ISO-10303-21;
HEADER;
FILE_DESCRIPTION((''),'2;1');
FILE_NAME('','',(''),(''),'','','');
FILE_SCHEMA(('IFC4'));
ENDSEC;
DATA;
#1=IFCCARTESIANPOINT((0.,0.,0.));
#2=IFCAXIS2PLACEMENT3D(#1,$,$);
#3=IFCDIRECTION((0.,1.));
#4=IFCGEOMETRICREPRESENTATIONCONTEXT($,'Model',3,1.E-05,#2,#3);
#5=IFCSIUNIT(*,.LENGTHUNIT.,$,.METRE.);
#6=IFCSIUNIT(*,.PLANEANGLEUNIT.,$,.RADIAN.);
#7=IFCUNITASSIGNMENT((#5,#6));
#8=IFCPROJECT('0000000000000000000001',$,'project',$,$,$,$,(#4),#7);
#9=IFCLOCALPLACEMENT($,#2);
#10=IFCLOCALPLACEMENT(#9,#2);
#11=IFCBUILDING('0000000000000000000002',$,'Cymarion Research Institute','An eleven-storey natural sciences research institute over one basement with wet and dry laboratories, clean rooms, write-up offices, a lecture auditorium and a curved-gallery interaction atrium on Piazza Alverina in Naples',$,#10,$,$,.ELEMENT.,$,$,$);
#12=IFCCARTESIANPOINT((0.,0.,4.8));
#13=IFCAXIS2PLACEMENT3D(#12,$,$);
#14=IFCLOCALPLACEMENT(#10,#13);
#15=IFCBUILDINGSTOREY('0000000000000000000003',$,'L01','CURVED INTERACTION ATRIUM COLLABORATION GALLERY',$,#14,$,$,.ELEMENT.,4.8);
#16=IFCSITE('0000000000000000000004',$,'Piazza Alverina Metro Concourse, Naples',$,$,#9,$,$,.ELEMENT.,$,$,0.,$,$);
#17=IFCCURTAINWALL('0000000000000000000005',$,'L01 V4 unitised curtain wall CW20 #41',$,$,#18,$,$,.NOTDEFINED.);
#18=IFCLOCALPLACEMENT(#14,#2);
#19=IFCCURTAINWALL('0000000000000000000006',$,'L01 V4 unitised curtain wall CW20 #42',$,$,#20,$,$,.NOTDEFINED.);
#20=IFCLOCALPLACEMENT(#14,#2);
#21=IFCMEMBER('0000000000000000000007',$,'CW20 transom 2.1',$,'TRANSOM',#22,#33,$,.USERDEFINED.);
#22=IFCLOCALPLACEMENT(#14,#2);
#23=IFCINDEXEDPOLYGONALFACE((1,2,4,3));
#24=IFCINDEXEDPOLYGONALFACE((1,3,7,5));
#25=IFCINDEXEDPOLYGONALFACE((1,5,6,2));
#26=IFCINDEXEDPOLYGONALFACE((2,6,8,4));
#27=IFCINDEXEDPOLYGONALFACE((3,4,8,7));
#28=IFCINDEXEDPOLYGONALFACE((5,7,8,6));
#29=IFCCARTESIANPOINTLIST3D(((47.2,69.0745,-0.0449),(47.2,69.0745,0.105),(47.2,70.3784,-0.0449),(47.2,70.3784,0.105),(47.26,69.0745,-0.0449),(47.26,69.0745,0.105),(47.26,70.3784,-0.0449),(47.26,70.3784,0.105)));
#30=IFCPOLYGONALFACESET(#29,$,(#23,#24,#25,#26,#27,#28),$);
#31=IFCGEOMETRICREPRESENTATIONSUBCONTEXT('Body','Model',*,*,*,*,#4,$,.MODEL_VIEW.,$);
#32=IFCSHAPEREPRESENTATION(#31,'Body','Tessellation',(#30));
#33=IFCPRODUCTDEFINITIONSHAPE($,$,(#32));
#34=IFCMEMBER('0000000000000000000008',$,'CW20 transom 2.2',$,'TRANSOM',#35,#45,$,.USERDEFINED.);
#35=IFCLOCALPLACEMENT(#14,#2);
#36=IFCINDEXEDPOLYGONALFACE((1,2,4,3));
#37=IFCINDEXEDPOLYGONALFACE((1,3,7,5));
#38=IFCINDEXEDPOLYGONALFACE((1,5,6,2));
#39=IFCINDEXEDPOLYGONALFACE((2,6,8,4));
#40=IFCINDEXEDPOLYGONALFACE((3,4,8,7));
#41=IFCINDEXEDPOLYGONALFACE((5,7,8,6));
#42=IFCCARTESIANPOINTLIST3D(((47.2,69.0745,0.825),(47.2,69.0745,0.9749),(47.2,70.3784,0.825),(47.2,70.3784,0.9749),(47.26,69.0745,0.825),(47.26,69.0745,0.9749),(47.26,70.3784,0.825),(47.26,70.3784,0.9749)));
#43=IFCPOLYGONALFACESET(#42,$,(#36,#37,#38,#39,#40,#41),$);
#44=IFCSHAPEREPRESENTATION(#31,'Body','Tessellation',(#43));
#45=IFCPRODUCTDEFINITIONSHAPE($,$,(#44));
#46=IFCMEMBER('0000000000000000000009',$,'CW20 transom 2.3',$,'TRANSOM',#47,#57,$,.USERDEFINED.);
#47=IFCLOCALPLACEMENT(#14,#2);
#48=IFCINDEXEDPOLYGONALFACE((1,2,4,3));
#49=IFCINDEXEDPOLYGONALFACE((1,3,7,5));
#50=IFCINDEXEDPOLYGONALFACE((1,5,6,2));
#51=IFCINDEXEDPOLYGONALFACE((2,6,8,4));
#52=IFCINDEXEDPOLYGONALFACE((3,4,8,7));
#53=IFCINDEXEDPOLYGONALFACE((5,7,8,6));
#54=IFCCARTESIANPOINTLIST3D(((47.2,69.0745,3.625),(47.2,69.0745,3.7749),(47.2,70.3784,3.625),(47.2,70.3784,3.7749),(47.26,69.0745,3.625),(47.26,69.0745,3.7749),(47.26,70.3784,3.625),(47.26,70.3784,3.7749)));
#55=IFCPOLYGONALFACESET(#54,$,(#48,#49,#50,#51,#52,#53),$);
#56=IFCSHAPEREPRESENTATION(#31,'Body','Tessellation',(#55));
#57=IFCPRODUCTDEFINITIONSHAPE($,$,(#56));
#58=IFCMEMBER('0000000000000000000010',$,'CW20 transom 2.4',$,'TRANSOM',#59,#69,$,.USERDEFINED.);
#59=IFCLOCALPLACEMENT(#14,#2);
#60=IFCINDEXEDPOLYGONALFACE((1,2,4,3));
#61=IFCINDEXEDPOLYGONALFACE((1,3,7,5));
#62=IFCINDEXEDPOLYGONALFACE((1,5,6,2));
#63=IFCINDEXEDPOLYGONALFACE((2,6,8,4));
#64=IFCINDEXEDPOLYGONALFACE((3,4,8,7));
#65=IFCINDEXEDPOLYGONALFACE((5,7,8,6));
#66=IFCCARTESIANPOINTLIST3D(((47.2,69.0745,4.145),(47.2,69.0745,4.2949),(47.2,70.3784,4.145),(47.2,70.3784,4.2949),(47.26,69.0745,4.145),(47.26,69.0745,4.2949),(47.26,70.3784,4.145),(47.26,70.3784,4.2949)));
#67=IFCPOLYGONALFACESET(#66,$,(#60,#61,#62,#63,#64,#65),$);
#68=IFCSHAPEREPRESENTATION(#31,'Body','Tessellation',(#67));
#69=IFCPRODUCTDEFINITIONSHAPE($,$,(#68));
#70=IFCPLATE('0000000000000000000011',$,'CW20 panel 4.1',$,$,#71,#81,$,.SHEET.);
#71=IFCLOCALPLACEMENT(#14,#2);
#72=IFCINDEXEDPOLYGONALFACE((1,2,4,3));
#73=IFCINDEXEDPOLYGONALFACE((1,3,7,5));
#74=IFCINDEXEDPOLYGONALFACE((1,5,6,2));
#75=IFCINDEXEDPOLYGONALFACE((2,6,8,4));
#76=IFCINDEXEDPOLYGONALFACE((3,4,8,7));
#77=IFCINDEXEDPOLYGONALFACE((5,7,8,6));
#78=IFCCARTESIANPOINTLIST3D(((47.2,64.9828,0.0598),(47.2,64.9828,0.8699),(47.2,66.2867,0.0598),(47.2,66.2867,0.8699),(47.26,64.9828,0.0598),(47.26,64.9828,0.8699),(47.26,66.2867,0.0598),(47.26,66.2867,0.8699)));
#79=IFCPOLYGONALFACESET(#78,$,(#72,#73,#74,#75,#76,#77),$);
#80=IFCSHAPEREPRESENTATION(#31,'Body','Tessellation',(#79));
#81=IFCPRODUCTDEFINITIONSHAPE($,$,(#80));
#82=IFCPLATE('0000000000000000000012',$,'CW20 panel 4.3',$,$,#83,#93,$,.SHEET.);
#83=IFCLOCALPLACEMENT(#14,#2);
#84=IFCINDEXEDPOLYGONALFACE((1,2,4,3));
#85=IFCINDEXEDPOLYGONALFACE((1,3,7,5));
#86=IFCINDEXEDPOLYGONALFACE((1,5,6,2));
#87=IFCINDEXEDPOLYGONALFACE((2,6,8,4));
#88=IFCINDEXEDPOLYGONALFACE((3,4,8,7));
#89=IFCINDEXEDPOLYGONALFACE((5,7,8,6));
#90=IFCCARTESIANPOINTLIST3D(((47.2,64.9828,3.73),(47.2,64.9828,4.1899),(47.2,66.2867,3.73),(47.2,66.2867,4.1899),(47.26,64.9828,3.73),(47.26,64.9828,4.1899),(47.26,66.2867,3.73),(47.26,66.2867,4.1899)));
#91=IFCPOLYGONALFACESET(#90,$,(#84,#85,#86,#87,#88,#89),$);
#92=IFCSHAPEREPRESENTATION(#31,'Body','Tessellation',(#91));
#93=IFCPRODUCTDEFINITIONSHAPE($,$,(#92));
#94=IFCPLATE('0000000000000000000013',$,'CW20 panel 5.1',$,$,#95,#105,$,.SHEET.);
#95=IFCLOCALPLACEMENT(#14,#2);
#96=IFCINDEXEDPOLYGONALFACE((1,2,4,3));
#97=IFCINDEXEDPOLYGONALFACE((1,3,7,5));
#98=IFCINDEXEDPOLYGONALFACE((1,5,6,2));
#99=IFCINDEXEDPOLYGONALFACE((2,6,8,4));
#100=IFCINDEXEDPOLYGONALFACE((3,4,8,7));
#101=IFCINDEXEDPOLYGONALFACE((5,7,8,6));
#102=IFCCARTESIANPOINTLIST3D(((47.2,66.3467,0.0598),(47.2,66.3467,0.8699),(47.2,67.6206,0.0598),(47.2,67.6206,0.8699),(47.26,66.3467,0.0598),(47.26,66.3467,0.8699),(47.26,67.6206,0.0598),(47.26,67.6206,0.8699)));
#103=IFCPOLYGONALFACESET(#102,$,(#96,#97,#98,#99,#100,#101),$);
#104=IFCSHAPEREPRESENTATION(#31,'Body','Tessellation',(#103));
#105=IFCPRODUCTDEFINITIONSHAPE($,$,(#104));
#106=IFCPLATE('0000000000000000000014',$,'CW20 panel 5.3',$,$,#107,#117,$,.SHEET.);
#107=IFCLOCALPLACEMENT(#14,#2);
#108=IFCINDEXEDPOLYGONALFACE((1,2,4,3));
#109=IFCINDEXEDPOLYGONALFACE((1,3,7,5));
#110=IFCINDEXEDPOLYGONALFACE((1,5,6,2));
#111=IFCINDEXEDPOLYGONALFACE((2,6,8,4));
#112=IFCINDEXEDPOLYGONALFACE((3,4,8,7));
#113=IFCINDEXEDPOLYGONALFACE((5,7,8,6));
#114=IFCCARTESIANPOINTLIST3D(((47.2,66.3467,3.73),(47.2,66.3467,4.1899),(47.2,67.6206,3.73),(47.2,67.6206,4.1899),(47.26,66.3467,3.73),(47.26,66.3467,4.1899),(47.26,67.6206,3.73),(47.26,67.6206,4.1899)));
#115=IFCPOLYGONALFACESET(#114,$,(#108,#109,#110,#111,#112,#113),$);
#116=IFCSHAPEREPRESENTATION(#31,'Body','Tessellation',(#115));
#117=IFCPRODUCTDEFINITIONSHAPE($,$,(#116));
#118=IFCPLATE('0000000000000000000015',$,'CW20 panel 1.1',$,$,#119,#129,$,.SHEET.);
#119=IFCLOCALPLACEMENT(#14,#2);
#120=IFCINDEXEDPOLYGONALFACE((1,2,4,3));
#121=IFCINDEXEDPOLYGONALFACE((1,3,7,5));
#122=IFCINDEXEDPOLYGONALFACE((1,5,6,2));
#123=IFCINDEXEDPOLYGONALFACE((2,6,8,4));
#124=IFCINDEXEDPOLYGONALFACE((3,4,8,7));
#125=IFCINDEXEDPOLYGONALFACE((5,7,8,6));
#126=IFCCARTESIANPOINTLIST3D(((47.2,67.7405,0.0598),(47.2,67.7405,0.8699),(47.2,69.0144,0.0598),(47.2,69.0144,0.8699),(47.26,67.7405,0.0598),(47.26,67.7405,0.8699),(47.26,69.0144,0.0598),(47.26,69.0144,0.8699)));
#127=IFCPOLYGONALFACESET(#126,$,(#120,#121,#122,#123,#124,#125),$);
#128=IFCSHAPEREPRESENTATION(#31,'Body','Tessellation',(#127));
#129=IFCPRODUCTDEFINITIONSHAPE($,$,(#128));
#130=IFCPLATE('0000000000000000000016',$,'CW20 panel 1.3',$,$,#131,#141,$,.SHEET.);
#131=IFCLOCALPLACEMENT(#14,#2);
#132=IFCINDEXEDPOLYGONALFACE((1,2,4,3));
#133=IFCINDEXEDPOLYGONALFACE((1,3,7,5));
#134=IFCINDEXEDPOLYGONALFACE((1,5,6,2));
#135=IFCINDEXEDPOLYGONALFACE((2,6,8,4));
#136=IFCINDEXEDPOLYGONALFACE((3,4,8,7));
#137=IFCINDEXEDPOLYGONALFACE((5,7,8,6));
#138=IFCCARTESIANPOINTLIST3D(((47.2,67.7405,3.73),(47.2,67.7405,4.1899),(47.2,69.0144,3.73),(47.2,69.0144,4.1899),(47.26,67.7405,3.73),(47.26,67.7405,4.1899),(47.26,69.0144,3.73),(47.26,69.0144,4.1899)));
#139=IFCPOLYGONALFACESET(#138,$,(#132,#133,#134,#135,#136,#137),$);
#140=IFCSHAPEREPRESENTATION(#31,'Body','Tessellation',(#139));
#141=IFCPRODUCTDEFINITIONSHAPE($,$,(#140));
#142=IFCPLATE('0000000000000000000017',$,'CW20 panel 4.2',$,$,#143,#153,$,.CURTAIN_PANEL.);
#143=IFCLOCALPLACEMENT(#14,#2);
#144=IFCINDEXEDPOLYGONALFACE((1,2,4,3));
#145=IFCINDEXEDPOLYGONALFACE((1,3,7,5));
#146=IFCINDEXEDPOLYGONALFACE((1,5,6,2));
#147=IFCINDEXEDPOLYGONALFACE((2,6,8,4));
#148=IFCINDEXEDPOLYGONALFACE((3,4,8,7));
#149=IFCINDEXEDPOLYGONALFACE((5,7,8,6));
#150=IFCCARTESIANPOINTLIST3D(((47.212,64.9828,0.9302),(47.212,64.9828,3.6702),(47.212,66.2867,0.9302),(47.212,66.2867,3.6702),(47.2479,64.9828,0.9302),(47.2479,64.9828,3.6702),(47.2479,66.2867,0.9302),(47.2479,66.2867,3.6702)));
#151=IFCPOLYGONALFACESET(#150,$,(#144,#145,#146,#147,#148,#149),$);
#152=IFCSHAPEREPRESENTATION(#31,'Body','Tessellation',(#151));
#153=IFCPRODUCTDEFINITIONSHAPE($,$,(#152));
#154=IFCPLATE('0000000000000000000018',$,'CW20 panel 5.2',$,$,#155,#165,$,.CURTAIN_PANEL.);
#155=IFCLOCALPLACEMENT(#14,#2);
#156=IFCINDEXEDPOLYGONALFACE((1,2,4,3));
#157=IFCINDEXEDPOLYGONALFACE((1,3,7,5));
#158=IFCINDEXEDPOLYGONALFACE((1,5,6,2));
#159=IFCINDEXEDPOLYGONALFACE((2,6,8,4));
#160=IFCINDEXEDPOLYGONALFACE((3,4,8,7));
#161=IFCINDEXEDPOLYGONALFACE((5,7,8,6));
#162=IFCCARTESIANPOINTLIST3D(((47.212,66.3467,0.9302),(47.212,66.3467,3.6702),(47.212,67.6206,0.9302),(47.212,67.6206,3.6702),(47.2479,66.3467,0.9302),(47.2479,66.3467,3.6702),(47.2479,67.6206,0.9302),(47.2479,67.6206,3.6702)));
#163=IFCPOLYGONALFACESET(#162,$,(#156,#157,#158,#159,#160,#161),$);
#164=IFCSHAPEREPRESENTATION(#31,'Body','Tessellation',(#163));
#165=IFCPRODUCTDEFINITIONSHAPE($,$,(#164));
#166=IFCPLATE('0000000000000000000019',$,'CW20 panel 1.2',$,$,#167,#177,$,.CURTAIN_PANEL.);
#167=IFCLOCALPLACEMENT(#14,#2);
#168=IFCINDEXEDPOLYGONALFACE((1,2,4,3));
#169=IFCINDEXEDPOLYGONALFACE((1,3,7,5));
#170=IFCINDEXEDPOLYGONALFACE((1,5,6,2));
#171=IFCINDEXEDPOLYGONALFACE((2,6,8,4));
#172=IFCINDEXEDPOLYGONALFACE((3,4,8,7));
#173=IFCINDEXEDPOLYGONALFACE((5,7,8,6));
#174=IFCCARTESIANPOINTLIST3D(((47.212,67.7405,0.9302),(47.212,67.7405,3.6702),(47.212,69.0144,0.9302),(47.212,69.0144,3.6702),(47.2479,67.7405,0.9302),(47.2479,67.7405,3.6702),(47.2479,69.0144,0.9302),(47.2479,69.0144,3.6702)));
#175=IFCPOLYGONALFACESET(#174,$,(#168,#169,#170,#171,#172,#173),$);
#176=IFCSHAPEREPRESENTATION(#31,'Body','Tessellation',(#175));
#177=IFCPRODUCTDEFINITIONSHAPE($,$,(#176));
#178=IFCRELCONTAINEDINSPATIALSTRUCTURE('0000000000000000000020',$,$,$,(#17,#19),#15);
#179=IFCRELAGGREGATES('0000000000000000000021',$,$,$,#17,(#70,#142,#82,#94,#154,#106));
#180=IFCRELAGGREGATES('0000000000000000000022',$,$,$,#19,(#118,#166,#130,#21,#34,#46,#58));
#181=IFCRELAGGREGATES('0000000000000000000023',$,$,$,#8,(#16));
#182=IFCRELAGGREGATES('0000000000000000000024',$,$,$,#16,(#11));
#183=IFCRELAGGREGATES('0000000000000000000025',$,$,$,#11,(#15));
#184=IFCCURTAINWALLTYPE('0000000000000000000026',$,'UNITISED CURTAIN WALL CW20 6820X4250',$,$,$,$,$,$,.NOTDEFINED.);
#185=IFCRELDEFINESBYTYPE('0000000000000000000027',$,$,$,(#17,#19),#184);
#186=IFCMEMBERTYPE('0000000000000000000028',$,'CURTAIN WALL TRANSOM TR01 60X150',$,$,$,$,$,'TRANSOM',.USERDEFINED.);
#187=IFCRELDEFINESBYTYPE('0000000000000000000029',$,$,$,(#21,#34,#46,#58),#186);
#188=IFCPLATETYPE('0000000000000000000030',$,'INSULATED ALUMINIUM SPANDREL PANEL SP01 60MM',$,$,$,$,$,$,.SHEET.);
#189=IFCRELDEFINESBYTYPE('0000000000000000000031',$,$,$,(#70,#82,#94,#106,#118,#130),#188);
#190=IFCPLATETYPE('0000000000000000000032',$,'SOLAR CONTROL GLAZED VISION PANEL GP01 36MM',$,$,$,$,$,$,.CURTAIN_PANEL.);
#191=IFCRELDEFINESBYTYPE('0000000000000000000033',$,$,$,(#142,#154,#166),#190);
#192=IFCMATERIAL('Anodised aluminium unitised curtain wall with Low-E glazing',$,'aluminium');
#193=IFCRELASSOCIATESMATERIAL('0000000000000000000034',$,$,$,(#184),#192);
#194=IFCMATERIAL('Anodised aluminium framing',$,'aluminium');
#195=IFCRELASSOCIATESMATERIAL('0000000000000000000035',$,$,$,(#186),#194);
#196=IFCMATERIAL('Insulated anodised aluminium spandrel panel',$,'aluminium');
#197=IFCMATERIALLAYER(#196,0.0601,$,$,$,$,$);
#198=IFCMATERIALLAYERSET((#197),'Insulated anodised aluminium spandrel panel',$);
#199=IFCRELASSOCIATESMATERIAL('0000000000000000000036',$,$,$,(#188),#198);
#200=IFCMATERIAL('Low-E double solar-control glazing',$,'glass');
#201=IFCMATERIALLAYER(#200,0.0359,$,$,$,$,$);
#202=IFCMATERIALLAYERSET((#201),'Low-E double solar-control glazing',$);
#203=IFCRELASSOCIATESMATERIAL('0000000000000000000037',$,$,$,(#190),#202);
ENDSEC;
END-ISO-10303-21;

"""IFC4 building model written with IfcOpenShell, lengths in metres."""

from ifc_helpers import new_model, si_unit, direction, frame, origin, origin_2d, place, context, subcontext, project, spatial, rectangle, extrude, material, layer, layer_set, material_profile, profile_set, type_object, element, aggregate, save


model = new_model("IFC4")

# Units and contexts
model_context = context("Model", 3, precision=1e-05, world=origin(), true_north=direction((0.0, 1.0)))
body_context = subcontext(model_context, "Body", "Model", "MODEL_VIEW")
ifc_project = project(units=[si_unit("LENGTHUNIT", "METRE"), si_unit("PLANEANGLEUNIT", "RADIAN")], contexts=[model_context])

# Site, building, storey
site_placement = place(None, origin())
site = spatial("IfcSite", under=ifc_project, at=site_placement, Name="Piazza Alverina Metro Concourse, Naples", CompositionType="ELEMENT", RefElevation=0.0)
building_placement = place(site_placement, origin())
building = spatial("IfcBuilding", under=site, at=building_placement, Name="Cymarion Research Institute", Description="An eleven-storey natural sciences research institute over one basement with wet and dry laboratories, clean rooms, write-up offices, a lecture auditorium and a curved-gallery interaction atrium on Piazza Alverina in Naples", CompositionType="ELEMENT")
storey_placement = place(building_placement, frame((0.0, 0.0, 4.8)))
storey = spatial("IfcBuildingStorey", under=building, at=storey_placement, Name="L01", Description="CURVED INTERACTION ATRIUM COLLABORATION GALLERY", CompositionType="ELEMENT", Elevation=4.8)

# Curtain walls
ifc_material_1 = material(Name="Anodised aluminium unitised curtain wall with Low-E glazing", Category="aluminium")
curtain_wall_type = type_object("IfcCurtainWallType", Name="UNITISED CURTAIN WALL CW20 6820X4250", PredefinedType="NOTDEFINED", material=ifc_material_1)
curtain_wall_1_placement = place(storey_placement, origin())
curtain_wall_1 = element("IfcCurtainWall", 1, at=curtain_wall_1_placement, inside=storey, type_object=curtain_wall_type, Name="L01 V4 unitised curtain wall CW20 #41", PredefinedType="NOTDEFINED")
ifc_material_2 = material(Name="Anodised aluminium framing", Category="aluminium")
curtain_wall_2_placement = place(storey_placement, origin())
curtain_wall_2 = element("IfcCurtainWall", 2, at=curtain_wall_2_placement, inside=storey, type_object=curtain_wall_type, Name="L01 V4 unitised curtain wall CW20 #42", PredefinedType="NOTDEFINED")

# Members
ifc_material_profile_1 = material_profile(ifc_material_2, rectangle(XDim=0.0601, YDim=0.1499, at=origin_2d()), Name="ALU TRANSOM 60x150")
ifc_profile_set_1 = profile_set([ifc_material_profile_1], Name="Anodised aluminium framing")
member_type_1 = type_object("IfcMemberType", Name="CURTAIN WALL TRANSOM TR01 60X150", ElementType="TRANSOM", PredefinedType="USERDEFINED", material=ifc_profile_set_1)
member_1_placement = place(storey_placement, frame((47.23, 69.0745, 0.03), z_axis=(0.0, 1.0, 0.0), x_axis=(-1.0, 0.0, 0.0)))
member_1 = element("IfcMember", 3, at=member_1_placement, type_object=member_type_1, Name="CW20 transom 2.1", ObjectType="TRANSOM", PredefinedType="USERDEFINED", context=body_context, shape_type="SweptSolid", body=[
    extrude(rectangle(XDim=0.0601, YDim=0.1499, at=origin_2d()), origin(), (0.0, 0.0, 1.0), 1.304),
])
member_2_placement = place(storey_placement, frame((47.23, 69.0745, 0.8999), z_axis=(0.0, 1.0, 0.0), x_axis=(-1.0, 0.0, 0.0)))
member_2 = element("IfcMember", 4, at=member_2_placement, type_object=member_type_1, Name="CW20 transom 2.2", ObjectType="TRANSOM", PredefinedType="USERDEFINED", context=body_context, shape_type="SweptSolid", body=[
    extrude(rectangle(XDim=0.0601, YDim=0.1499, at=origin_2d()), origin(), (0.0, 0.0, 1.0), 1.304),
])
member_3_placement = place(storey_placement, frame((47.23, 69.0745, 3.7), z_axis=(0.0, 1.0, 0.0), x_axis=(-1.0, 0.0, 0.0)))
member_3 = element("IfcMember", 5, at=member_3_placement, type_object=member_type_1, Name="CW20 transom 2.3", ObjectType="TRANSOM", PredefinedType="USERDEFINED", context=body_context, shape_type="SweptSolid", body=[
    extrude(rectangle(XDim=0.0601, YDim=0.1499, at=origin_2d()), origin(), (0.0, 0.0, 1.0), 1.304),
])
member_4_placement = place(storey_placement, frame((47.23, 69.0745, 4.22), z_axis=(0.0, 1.0, 0.0), x_axis=(-1.0, 0.0, 0.0)))
member_4 = element("IfcMember", 6, at=member_4_placement, type_object=member_type_1, Name="CW20 transom 2.4", ObjectType="TRANSOM", PredefinedType="USERDEFINED", context=body_context, shape_type="SweptSolid", body=[
    extrude(rectangle(XDim=0.0601, YDim=0.1499, at=origin_2d()), origin(), (0.0, 0.0, 1.0), 1.304),
])

# Plates
ifc_material_3 = material(Name="Insulated anodised aluminium spandrel panel", Category="aluminium")
ifc_layer_1 = layer(ifc_material_3, 0.0601)
ifc_layer_set_1 = layer_set([ifc_layer_1], Name="Insulated anodised aluminium spandrel panel")
plate_type_1 = type_object("IfcPlateType", Name="INSULATED ALUMINIUM SPANDREL PANEL SP01 60MM", PredefinedType="SHEET", material=ifc_layer_set_1)
plate_1_placement = place(storey_placement, frame((47.23, 65.6348, 0.0598), z_axis=(0.0, 0.0, 1.0), x_axis=(0.0, 1.0, 0.0)))
plate_1 = element("IfcPlate", 7, at=plate_1_placement, type_object=plate_type_1, Name="CW20 panel 4.1", PredefinedType="SHEET", context=body_context, shape_type="SweptSolid", body=[
    extrude(rectangle(XDim=1.304, YDim=0.0601, at=origin_2d()), origin(), (0.0, 0.0, 1.0), 0.8101),
])
plate_2_placement = place(storey_placement, frame((47.23, 65.6348, 3.73), z_axis=(0.0, 0.0, 1.0), x_axis=(0.0, 1.0, 0.0)))
plate_2 = element("IfcPlate", 8, at=plate_2_placement, type_object=plate_type_1, Name="CW20 panel 4.3", PredefinedType="SHEET", context=body_context, shape_type="SweptSolid", body=[
    extrude(rectangle(XDim=1.304, YDim=0.0601, at=origin_2d()), origin(), (0.0, 0.0, 1.0), 0.46),
])
plate_3_placement = place(storey_placement, frame((47.23, 66.9836, 0.0598), z_axis=(0.0, 0.0, 1.0), x_axis=(0.0, 1.0, 0.0)))
plate_3 = element("IfcPlate", 9, at=plate_3_placement, type_object=plate_type_1, Name="CW20 panel 5.1", PredefinedType="SHEET", context=body_context, shape_type="SweptSolid", body=[
    extrude(rectangle(XDim=1.2739, YDim=0.0601, at=origin_2d()), origin(), (0.0, 0.0, 1.0), 0.8101),
])
plate_4_placement = place(storey_placement, frame((47.23, 66.9836, 3.73), z_axis=(0.0, 0.0, 1.0), x_axis=(0.0, 1.0, 0.0)))
plate_4 = element("IfcPlate", 10, at=plate_4_placement, type_object=plate_type_1, Name="CW20 panel 5.3", PredefinedType="SHEET", context=body_context, shape_type="SweptSolid", body=[
    extrude(rectangle(XDim=1.2739, YDim=0.0601, at=origin_2d()), origin(), (0.0, 0.0, 1.0), 0.46),
])
plate_5_placement = place(storey_placement, frame((47.23, 68.3774, 0.0598), z_axis=(0.0, 0.0, 1.0), x_axis=(0.0, 1.0, 0.0)))
plate_5 = element("IfcPlate", 11, at=plate_5_placement, type_object=plate_type_1, Name="CW20 panel 1.1", PredefinedType="SHEET", context=body_context, shape_type="SweptSolid", body=[
    extrude(rectangle(XDim=1.2739, YDim=0.0601, at=origin_2d()), origin(), (0.0, 0.0, 1.0), 0.8101),
])
plate_6_placement = place(storey_placement, frame((47.23, 68.3774, 3.73), z_axis=(0.0, 0.0, 1.0), x_axis=(0.0, 1.0, 0.0)))
plate_6 = element("IfcPlate", 12, at=plate_6_placement, type_object=plate_type_1, Name="CW20 panel 1.3", PredefinedType="SHEET", context=body_context, shape_type="SweptSolid", body=[
    extrude(rectangle(XDim=1.2739, YDim=0.0601, at=origin_2d()), origin(), (0.0, 0.0, 1.0), 0.46),
])
ifc_material_4 = material(Name="Low-E double solar-control glazing", Category="glass")
ifc_layer_2 = layer(ifc_material_4, 0.0359)
ifc_layer_set_2 = layer_set([ifc_layer_2], Name="Low-E double solar-control glazing")
plate_type_2 = type_object("IfcPlateType", Name="SOLAR CONTROL GLAZED VISION PANEL GP01 36MM", PredefinedType="CURTAIN_PANEL", material=ifc_layer_set_2)
plate_7_placement = place(storey_placement, frame((47.23, 65.6348, 0.9302), z_axis=(0.0, 0.0, 1.0), x_axis=(0.0, 1.0, 0.0)))
plate_7 = element("IfcPlate", 13, at=plate_7_placement, type_object=plate_type_2, Name="CW20 panel 4.2", PredefinedType="CURTAIN_PANEL", context=body_context, shape_type="SweptSolid", body=[
    extrude(rectangle(XDim=1.304, YDim=0.0359, at=origin_2d()), origin(), (0.0, 0.0, 1.0), 2.74),
])
plate_8_placement = place(storey_placement, frame((47.23, 66.9836, 0.9302), z_axis=(0.0, 0.0, 1.0), x_axis=(0.0, 1.0, 0.0)))
plate_8 = element("IfcPlate", 14, at=plate_8_placement, type_object=plate_type_2, Name="CW20 panel 5.2", PredefinedType="CURTAIN_PANEL", context=body_context, shape_type="SweptSolid", body=[
    extrude(rectangle(XDim=1.2739, YDim=0.0359, at=origin_2d()), origin(), (0.0, 0.0, 1.0), 2.74),
])
aggregate(curtain_wall_1, [plate_1, plate_7, plate_2, plate_3, plate_8, plate_4])
plate_9_placement = place(storey_placement, frame((47.23, 68.3774, 0.9302), z_axis=(0.0, 0.0, 1.0), x_axis=(0.0, 1.0, 0.0)))
plate_9 = element("IfcPlate", 15, at=plate_9_placement, type_object=plate_type_2, Name="CW20 panel 1.2", PredefinedType="CURTAIN_PANEL", context=body_context, shape_type="SweptSolid", body=[
    extrude(rectangle(XDim=1.2739, YDim=0.0359, at=origin_2d()), origin(), (0.0, 0.0, 1.0), 2.74),
])
aggregate(curtain_wall_2, [plate_5, plate_9, plate_6, member_1, member_2, member_3, member_4])

save(model, "model.ifc")
